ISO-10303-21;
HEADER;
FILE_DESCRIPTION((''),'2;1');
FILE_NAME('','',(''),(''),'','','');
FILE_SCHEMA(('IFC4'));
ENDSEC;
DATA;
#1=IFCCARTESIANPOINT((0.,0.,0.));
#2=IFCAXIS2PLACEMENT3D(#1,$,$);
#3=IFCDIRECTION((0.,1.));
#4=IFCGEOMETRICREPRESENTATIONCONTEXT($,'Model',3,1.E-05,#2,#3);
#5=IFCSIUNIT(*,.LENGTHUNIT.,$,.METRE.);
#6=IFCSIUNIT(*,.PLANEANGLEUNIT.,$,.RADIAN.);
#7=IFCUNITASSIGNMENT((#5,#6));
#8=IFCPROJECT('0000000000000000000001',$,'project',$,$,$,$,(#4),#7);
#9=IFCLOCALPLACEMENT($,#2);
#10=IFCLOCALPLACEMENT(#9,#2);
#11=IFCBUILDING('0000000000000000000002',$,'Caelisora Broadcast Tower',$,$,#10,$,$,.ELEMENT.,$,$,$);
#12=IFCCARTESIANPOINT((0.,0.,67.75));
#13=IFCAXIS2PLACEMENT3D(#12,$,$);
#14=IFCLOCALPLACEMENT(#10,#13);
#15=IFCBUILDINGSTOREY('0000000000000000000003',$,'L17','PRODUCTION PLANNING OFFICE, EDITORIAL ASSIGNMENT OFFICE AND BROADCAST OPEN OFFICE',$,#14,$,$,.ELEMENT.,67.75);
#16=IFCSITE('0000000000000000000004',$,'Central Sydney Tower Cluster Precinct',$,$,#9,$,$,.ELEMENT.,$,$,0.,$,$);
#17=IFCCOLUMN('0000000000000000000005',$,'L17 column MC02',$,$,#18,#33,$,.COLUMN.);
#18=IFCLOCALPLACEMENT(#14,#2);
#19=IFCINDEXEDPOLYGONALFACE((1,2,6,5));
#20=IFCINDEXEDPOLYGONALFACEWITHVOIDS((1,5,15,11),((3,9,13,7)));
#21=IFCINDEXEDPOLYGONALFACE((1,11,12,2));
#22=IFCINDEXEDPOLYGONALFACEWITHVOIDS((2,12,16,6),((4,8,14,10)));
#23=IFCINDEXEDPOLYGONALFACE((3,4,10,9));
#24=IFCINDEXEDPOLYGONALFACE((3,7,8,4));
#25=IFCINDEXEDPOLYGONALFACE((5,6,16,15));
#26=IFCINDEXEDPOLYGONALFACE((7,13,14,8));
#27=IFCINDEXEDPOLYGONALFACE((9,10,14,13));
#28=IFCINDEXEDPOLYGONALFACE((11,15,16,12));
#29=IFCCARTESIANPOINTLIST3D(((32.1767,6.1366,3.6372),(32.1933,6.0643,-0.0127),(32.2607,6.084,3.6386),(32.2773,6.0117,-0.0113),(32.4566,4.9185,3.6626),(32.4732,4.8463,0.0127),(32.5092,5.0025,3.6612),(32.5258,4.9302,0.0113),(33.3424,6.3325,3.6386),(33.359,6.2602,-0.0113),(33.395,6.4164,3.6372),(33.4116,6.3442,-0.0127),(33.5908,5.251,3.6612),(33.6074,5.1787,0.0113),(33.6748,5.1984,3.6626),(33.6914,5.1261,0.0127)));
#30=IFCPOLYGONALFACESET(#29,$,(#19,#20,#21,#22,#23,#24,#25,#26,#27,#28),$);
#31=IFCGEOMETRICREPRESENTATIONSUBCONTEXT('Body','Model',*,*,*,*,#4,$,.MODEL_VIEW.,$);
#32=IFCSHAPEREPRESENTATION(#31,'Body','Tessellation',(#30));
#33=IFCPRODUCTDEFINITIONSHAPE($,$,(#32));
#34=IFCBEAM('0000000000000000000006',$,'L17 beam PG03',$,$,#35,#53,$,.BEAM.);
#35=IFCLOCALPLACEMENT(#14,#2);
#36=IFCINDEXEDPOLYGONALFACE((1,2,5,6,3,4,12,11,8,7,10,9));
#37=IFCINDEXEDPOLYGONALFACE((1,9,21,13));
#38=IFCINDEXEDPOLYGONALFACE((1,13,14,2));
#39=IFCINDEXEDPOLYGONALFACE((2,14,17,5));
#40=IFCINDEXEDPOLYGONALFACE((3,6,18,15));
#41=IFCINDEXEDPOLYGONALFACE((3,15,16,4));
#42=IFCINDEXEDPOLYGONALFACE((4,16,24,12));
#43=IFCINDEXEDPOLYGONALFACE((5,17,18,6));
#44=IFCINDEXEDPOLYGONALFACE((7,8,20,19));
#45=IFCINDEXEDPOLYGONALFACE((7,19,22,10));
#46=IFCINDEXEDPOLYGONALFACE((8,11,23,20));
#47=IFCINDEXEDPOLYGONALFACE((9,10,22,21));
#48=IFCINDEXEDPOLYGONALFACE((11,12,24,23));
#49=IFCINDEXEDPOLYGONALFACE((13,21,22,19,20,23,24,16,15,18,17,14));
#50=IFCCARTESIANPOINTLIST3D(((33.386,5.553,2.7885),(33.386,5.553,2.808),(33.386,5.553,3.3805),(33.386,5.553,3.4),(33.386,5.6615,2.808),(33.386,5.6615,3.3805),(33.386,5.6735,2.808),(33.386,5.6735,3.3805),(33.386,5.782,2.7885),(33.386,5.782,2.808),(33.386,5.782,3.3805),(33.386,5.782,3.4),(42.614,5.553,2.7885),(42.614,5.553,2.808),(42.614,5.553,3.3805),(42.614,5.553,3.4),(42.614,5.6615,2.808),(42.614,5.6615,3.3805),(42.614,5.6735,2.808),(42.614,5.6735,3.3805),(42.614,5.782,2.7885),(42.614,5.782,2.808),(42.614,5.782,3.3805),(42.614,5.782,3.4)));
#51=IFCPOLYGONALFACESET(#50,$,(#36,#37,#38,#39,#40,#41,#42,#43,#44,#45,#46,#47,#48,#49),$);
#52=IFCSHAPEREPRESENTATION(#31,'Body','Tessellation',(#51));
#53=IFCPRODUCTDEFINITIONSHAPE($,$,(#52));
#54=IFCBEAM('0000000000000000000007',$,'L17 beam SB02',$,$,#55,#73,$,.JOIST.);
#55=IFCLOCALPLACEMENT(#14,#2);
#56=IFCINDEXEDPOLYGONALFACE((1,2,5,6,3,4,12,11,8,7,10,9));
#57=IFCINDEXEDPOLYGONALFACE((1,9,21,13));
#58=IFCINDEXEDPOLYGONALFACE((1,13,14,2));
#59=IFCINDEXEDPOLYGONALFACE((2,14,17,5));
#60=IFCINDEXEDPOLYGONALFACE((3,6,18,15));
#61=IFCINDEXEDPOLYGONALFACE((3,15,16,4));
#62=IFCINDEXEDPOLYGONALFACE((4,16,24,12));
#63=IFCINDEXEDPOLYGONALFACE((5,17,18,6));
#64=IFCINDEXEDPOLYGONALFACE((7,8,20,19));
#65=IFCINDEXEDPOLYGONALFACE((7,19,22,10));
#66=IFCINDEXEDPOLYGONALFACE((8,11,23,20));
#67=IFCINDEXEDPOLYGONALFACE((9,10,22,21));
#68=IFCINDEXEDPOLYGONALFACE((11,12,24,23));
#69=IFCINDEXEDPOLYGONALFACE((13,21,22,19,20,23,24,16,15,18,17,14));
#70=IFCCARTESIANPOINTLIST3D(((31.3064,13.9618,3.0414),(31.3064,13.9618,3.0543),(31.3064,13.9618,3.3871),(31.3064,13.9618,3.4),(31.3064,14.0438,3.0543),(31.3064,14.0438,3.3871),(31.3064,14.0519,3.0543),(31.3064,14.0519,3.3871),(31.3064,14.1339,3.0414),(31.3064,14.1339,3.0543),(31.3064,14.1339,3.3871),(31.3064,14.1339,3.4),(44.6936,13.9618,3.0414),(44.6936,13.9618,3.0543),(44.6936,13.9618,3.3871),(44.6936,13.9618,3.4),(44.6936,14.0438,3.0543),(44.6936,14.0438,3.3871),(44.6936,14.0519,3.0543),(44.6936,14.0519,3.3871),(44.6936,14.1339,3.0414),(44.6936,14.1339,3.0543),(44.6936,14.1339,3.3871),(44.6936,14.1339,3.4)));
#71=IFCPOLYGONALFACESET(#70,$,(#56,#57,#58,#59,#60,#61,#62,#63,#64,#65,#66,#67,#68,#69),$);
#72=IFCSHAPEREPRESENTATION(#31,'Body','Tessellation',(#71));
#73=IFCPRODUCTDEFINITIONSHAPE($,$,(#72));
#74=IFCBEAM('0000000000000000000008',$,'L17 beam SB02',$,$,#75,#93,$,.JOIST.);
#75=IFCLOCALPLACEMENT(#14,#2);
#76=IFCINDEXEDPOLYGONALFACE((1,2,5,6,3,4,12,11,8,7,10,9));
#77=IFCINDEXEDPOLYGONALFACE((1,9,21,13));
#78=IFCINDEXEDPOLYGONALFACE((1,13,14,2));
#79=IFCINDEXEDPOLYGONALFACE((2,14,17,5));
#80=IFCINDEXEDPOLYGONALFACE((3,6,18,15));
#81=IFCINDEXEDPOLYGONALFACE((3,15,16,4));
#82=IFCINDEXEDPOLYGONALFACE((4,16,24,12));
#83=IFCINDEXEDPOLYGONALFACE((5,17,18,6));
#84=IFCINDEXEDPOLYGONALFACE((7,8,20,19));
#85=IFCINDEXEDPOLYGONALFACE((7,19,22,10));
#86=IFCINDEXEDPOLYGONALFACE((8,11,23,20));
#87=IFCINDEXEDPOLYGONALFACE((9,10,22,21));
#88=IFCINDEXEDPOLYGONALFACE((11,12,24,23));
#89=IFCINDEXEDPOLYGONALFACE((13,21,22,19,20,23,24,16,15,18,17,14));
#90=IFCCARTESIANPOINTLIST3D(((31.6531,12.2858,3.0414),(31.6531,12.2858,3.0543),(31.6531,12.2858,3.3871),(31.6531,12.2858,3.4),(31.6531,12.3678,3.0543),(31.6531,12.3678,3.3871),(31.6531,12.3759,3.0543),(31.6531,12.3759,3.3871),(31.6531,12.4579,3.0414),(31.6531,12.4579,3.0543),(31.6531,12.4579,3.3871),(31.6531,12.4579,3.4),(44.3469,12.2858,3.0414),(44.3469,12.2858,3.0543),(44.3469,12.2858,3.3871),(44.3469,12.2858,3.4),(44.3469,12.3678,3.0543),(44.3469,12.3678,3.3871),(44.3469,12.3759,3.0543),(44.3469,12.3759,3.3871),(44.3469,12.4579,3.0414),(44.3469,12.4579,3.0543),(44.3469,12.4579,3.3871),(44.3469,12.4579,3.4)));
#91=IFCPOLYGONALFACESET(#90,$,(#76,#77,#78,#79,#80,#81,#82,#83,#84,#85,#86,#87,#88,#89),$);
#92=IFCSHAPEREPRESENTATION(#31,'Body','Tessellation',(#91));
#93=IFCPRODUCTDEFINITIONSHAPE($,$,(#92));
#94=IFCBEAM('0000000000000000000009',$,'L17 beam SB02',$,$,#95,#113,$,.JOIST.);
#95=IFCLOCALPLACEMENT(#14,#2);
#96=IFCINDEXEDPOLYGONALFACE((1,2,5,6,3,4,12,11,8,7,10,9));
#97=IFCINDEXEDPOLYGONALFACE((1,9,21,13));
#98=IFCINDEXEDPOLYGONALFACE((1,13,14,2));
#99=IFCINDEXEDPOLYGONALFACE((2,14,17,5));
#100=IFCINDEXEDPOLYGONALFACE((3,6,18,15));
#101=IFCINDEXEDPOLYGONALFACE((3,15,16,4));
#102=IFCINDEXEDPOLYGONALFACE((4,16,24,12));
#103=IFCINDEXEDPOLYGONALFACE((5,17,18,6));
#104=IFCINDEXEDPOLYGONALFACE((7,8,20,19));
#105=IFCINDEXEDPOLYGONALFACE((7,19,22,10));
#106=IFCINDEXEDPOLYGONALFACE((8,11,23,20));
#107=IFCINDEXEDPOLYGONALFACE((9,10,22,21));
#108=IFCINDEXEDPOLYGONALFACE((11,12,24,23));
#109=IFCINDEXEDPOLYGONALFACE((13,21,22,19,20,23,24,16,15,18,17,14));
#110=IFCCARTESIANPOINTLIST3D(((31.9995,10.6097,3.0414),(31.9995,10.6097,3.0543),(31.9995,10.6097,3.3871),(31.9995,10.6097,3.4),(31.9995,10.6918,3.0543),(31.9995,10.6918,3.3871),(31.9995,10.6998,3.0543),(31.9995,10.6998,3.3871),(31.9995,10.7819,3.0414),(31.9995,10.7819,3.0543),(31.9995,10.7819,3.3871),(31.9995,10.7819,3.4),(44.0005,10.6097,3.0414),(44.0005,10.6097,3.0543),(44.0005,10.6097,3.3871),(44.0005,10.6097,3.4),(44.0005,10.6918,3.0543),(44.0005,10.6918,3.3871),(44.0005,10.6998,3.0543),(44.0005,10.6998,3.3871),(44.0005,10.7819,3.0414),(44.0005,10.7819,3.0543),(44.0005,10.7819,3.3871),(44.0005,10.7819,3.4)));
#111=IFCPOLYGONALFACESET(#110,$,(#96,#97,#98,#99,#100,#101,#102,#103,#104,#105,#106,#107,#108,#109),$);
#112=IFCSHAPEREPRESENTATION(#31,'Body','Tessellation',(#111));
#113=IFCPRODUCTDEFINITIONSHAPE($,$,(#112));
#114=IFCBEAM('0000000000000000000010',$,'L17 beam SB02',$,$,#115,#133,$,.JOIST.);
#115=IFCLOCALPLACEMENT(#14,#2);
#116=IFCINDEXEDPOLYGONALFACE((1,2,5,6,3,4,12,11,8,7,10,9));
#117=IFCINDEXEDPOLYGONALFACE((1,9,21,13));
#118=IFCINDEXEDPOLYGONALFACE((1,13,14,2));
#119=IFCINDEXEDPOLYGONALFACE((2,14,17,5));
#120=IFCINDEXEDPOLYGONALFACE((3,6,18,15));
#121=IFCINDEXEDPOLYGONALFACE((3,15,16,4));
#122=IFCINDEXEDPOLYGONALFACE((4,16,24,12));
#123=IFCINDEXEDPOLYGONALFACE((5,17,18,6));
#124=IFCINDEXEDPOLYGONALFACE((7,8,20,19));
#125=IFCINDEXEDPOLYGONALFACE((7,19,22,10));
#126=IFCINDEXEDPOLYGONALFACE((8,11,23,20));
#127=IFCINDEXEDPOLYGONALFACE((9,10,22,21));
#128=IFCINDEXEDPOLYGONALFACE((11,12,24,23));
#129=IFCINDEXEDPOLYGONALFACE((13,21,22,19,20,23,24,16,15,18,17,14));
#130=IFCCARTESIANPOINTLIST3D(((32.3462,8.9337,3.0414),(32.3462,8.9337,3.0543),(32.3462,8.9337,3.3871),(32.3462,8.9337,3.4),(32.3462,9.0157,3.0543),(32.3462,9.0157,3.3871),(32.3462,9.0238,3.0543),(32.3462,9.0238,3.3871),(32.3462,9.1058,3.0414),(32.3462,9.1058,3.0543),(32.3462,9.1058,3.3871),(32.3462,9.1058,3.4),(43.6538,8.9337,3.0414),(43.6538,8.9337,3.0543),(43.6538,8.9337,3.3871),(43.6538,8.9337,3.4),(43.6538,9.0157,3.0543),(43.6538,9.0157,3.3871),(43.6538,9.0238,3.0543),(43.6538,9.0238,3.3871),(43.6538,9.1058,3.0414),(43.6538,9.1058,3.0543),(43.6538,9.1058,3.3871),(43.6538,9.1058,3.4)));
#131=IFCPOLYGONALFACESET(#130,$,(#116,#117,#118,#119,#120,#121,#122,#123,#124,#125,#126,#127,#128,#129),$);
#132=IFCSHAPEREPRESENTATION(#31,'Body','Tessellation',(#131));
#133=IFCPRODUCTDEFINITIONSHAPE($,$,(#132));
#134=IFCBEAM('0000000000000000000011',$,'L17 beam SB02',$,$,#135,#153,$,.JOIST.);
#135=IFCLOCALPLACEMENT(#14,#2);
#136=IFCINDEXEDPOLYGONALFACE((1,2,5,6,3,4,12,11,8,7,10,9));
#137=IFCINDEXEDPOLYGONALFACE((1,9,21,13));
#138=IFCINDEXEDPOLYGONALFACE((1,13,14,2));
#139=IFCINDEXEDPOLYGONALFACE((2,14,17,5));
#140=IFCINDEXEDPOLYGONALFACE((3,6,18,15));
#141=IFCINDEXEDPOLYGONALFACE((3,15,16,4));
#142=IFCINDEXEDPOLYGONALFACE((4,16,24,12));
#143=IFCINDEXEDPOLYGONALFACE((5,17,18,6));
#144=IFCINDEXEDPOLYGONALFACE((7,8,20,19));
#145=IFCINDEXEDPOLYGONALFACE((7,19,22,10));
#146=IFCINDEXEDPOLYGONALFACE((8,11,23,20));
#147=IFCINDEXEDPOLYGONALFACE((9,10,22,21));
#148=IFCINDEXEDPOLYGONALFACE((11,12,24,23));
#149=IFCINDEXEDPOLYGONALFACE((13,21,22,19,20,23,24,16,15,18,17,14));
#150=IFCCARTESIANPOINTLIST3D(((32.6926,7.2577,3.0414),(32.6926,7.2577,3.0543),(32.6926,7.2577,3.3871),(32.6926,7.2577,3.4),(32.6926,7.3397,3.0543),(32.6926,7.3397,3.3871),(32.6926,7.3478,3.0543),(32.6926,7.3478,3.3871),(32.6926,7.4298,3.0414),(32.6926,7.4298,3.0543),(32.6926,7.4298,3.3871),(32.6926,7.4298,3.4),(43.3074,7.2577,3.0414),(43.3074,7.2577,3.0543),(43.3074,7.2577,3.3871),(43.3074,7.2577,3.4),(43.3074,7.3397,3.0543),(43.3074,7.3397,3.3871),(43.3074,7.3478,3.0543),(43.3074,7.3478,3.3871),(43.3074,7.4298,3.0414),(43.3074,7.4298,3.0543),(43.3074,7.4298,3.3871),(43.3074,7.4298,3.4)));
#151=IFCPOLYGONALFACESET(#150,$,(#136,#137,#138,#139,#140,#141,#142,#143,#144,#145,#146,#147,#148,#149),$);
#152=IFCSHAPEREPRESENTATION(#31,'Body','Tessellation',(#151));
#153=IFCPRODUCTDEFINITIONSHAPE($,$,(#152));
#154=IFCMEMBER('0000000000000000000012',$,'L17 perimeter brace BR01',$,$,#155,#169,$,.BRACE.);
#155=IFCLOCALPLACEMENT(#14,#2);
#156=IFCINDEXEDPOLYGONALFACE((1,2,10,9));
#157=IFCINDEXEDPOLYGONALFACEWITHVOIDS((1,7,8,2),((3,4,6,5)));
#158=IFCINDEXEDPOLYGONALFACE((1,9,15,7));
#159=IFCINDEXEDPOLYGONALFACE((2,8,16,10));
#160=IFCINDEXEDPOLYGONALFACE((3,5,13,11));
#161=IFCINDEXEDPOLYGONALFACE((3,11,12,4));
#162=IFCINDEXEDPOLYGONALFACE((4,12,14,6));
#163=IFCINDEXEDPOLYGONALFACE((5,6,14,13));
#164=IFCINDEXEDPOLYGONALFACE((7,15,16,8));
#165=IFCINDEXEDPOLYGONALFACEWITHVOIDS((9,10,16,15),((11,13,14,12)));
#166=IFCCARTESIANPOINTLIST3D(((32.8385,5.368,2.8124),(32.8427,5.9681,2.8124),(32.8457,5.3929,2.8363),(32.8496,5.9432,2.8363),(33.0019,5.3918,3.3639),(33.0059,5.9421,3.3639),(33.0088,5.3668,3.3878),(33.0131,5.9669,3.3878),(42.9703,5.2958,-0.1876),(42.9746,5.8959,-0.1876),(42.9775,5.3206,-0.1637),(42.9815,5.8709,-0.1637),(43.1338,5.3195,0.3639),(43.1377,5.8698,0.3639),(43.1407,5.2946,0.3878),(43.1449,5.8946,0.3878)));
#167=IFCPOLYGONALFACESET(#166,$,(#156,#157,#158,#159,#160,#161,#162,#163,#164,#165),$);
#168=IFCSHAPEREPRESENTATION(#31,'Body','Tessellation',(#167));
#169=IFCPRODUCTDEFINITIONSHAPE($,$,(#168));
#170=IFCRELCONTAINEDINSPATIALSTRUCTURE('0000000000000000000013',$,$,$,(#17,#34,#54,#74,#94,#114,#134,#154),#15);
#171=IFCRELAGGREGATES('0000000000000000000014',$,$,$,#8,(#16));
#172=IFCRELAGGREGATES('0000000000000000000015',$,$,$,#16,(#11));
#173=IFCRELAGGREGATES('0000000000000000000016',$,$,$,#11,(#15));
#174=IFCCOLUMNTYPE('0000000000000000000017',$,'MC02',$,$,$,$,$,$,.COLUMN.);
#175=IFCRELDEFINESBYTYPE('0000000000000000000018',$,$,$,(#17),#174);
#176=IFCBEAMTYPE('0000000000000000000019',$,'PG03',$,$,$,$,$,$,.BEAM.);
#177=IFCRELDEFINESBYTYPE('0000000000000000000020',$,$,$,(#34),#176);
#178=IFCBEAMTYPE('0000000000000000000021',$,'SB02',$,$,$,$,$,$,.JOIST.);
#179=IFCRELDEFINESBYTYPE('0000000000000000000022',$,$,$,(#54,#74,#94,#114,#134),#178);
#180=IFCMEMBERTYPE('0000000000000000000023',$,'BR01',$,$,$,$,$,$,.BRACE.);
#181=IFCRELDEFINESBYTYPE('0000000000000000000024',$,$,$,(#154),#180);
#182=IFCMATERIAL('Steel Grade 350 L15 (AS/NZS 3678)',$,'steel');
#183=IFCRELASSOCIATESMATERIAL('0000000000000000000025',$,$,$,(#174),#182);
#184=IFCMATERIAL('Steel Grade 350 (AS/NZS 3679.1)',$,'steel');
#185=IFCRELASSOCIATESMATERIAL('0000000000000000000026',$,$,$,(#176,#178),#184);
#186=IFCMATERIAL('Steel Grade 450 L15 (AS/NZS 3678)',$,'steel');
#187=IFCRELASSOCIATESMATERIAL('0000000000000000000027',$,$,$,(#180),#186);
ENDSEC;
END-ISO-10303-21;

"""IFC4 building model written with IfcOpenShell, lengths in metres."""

from ifc_helpers import new_model, si_unit, direction, frame, origin, origin_2d, place, context, subcontext, project, spatial, hollow_rectangle, i_section, extrude, source, transform, mapped, material, material_profile, profile_set, type_object, type_shapes, element, save


model = new_model("IFC4")

# Units and contexts
model_context = context("Model", 3, precision=1e-05, world=origin(), true_north=direction((0.0, 1.0)))
body_context = subcontext(model_context, "Body", "Model", "MODEL_VIEW")
ifc_project = project(units=[si_unit("LENGTHUNIT", "METRE"), si_unit("PLANEANGLEUNIT", "RADIAN")], contexts=[model_context])

# Site, building, storey
site_placement = place(None, origin())
site = spatial("IfcSite", under=ifc_project, at=site_placement, Name="Central Sydney Tower Cluster Precinct", CompositionType="ELEMENT", RefElevation=0.0)
building_placement = place(site_placement, origin())
building = spatial("IfcBuilding", under=site, at=building_placement, Name="Caelisora Broadcast Tower", CompositionType="ELEMENT")
storey_placement = place(building_placement, frame((0.0, 0.0, 67.75)))
storey = spatial("IfcBuildingStorey", under=building, at=storey_placement, Name="L17", Description="PRODUCTION PLANNING OFFICE, EDITORIAL ASSIGNMENT OFFICE AND BROADCAST OPEN OFFICE", CompositionType="ELEMENT", Elevation=67.75)

# Column
ifc_material_1 = material(Name="Steel Grade 350 L15 (AS/NZS 3678)", Category="steel")
ifc_material_profile_1 = material_profile(ifc_material_1, hollow_rectangle(XDim=1.25, YDim=1.25, WallThickness=0.0701, at=origin_2d()), Name="Steel Grade 350 L15 (AS/NZS 3678)")
ifc_profile_set_1 = profile_set([ifc_material_profile_1], Name="Steel Grade 350 L15 (AS/NZS 3678)")
column_type = type_object("IfcColumnType", Name="MC02", PredefinedType="COLUMN", material=ifc_profile_set_1)
shared_shape_1 = source(origin(), body_context, "Body", "SweptSolid", [
    extrude(hollow_rectangle(XDim=1.25, YDim=1.25, WallThickness=0.0701, at=origin_2d()), origin(), (0.0, 0.0, 1.0), 3.6506),
])
type_shapes(column_type, [shared_shape_1])
column_placement = place(storey_placement, frame((32.9424, 5.5952, 0.0), z_axis=(-0.004548, 0.019795, 0.999794), x_axis=(-0.974613, -0.223898, 0.0)))
element("IfcColumn", 1, at=column_placement, inside=storey, type_object=column_type, Name="L17 column MC02", PredefinedType="COLUMN", context=body_context, shape_type="MappedRepresentation", body=[
    mapped(shared_shape_1, transform((0.0, 0.0, 0.0), scale=1.0)),
])

# Beams
ifc_material_2 = material(Name="Steel Grade 350 (AS/NZS 3679.1)", Category="steel")
ifc_material_profile_2 = material_profile(ifc_material_2, i_section(OverallWidth=0.229, OverallDepth=0.6116, WebThickness=0.012, FlangeThickness=0.0195, at=origin_2d()), Name="Steel Grade 350 (AS/NZS 3679.1)")
ifc_profile_set_2 = profile_set([ifc_material_profile_2], Name="Steel Grade 350 (AS/NZS 3679.1)")
beam_type_1 = type_object("IfcBeamType", Name="PG03", PredefinedType="BEAM", material=ifc_profile_set_2)
shared_shape_2 = source(origin(), body_context, "Body", "SweptSolid", [
    extrude(i_section(OverallWidth=0.229, OverallDepth=0.6116, WebThickness=0.012, FlangeThickness=0.0195, at=origin_2d()), origin(), (0.0, 0.0, 1.0), 9.228),
])
type_shapes(beam_type_1, [shared_shape_2])
beam_1_placement = place(storey_placement, frame((33.386, 5.6675, 3.0942), z_axis=(1.0, 0.0, 0.0), x_axis=(0.0, 1.0, 0.0)))
element("IfcBeam", 2, at=beam_1_placement, inside=storey, type_object=beam_type_1, Name="L17 beam PG03", PredefinedType="BEAM", context=body_context, shape_type="MappedRepresentation", body=[
    mapped(shared_shape_2, transform((0.0, 0.0, 0.0), scale=1.0)),
])
ifc_material_profile_3 = material_profile(ifc_material_2, i_section(OverallWidth=0.1721, OverallDepth=0.3586, WebThickness=0.0081, FlangeThickness=0.0129, at=origin_2d()), Name="Steel Grade 350 (AS/NZS 3679.1)")
ifc_profile_set_3 = profile_set([ifc_material_profile_3], Name="Steel Grade 350 (AS/NZS 3679.1)")
beam_type_2 = type_object("IfcBeamType", Name="SB02", PredefinedType="JOIST", material=ifc_profile_set_3)
shared_shape_3 = source(origin(), body_context, "Body", "SweptSolid", [
    extrude(i_section(OverallWidth=0.1721, OverallDepth=0.3586, WebThickness=0.0081, FlangeThickness=0.0129, at=origin_2d()), origin(), (0.0, 0.0, 1.0), 13.3872),
])
beam_2_placement = place(storey_placement, frame((31.3064, 14.0479, 3.2207), z_axis=(1.0, 0.0, 0.0), x_axis=(0.0, 1.0, 0.0)))
element("IfcBeam", 3, at=beam_2_placement, inside=storey, type_object=beam_type_2, Name="L17 beam SB02", PredefinedType="JOIST", context=body_context, shape_type="MappedRepresentation", body=[
    mapped(shared_shape_3, transform((0.0, 0.0, 0.0), scale=1.0)),
])
shared_shape_4 = source(origin(), body_context, "Body", "SweptSolid", [
    extrude(i_section(OverallWidth=0.1721, OverallDepth=0.3586, WebThickness=0.0081, FlangeThickness=0.0129, at=origin_2d()), origin(), (0.0, 0.0, 1.0), 12.6938),
])
beam_3_placement = place(storey_placement, frame((31.6531, 12.3718, 3.2207), z_axis=(1.0, 0.0, 0.0), x_axis=(0.0, 1.0, 0.0)))
element("IfcBeam", 4, at=beam_3_placement, inside=storey, type_object=beam_type_2, Name="L17 beam SB02", PredefinedType="JOIST", context=body_context, shape_type="MappedRepresentation", body=[
    mapped(shared_shape_4, transform((0.0, 0.0, 0.0), scale=1.0)),
])
shared_shape_5 = source(origin(), body_context, "Body", "SweptSolid", [
    extrude(i_section(OverallWidth=0.1721, OverallDepth=0.3586, WebThickness=0.0081, FlangeThickness=0.0129, at=origin_2d()), origin(), (0.0, 0.0, 1.0), 12.001),
])
beam_4_placement = place(storey_placement, frame((31.9995, 10.6958, 3.2207), z_axis=(1.0, 0.0, 0.0), x_axis=(0.0, 1.0, 0.0)))
element("IfcBeam", 5, at=beam_4_placement, inside=storey, type_object=beam_type_2, Name="L17 beam SB02", PredefinedType="JOIST", context=body_context, shape_type="MappedRepresentation", body=[
    mapped(shared_shape_5, transform((0.0, 0.0, 0.0), scale=1.0)),
])
shared_shape_6 = source(origin(), body_context, "Body", "SweptSolid", [
    extrude(i_section(OverallWidth=0.1721, OverallDepth=0.3586, WebThickness=0.0081, FlangeThickness=0.0129, at=origin_2d()), origin(), (0.0, 0.0, 1.0), 11.3076),
])
beam_5_placement = place(storey_placement, frame((32.3462, 9.0198, 3.2207), z_axis=(1.0, 0.0, 0.0), x_axis=(0.0, 1.0, 0.0)))
element("IfcBeam", 6, at=beam_5_placement, inside=storey, type_object=beam_type_2, Name="L17 beam SB02", PredefinedType="JOIST", context=body_context, shape_type="MappedRepresentation", body=[
    mapped(shared_shape_6, transform((0.0, 0.0, 0.0), scale=1.0)),
])
shared_shape_7 = source(origin(), body_context, "Body", "SweptSolid", [
    extrude(i_section(OverallWidth=0.1721, OverallDepth=0.3586, WebThickness=0.0081, FlangeThickness=0.0129, at=origin_2d()), origin(), (0.0, 0.0, 1.0), 10.6147),
])
type_shapes(beam_type_2, [shared_shape_3, shared_shape_4, shared_shape_5, shared_shape_6, shared_shape_7])
beam_6_placement = place(storey_placement, frame((32.6926, 7.3438, 3.2207), z_axis=(1.0, 0.0, 0.0), x_axis=(0.0, 1.0, 0.0)))
element("IfcBeam", 7, at=beam_6_placement, inside=storey, type_object=beam_type_2, Name="L17 beam SB02", PredefinedType="JOIST", context=body_context, shape_type="MappedRepresentation", body=[
    mapped(shared_shape_7, transform((0.0, 0.0, 0.0), scale=1.0)),
])

# Member
ifc_material_3 = material(Name="Steel Grade 450 L15 (AS/NZS 3678)", Category="steel")
ifc_material_profile_4 = material_profile(ifc_material_3, hollow_rectangle(XDim=0.6001, YDim=0.6001, WallThickness=0.0249, at=origin_2d()), Name="Steel Grade 450 L15 (AS/NZS 3678)")
ifc_profile_set_4 = profile_set([ifc_material_profile_4], Name="Steel Grade 450 L15 (AS/NZS 3678)")
member_type_1 = type_object("IfcMemberType", Name="BR01", PredefinedType="BRACE", material=ifc_profile_set_4)
shared_shape_8 = source(origin(), body_context, "Body", "SweptSolid", [
    extrude(hollow_rectangle(XDim=0.6001, YDim=0.6001, WallThickness=0.0249, at=origin_2d()), origin(), (0.0, 0.0, 1.0), 10.5669),
])
type_shapes(member_type_1, [shared_shape_8])
member_1_placement = place(storey_placement, frame((32.9258, 5.6675, 3.1001), z_axis=(0.958828, -0.006839, -0.283905), x_axis=(0.007132, 0.999975, 0.0)))
element("IfcMember", 8, at=member_1_placement, inside=storey, type_object=member_type_1, Name="L17 perimeter brace BR01", PredefinedType="BRACE", context=body_context, shape_type="MappedRepresentation", body=[
    mapped(shared_shape_8, transform((0.0, 0.0, 0.0), scale=1.0)),
])

save(model, "model.ifc")
